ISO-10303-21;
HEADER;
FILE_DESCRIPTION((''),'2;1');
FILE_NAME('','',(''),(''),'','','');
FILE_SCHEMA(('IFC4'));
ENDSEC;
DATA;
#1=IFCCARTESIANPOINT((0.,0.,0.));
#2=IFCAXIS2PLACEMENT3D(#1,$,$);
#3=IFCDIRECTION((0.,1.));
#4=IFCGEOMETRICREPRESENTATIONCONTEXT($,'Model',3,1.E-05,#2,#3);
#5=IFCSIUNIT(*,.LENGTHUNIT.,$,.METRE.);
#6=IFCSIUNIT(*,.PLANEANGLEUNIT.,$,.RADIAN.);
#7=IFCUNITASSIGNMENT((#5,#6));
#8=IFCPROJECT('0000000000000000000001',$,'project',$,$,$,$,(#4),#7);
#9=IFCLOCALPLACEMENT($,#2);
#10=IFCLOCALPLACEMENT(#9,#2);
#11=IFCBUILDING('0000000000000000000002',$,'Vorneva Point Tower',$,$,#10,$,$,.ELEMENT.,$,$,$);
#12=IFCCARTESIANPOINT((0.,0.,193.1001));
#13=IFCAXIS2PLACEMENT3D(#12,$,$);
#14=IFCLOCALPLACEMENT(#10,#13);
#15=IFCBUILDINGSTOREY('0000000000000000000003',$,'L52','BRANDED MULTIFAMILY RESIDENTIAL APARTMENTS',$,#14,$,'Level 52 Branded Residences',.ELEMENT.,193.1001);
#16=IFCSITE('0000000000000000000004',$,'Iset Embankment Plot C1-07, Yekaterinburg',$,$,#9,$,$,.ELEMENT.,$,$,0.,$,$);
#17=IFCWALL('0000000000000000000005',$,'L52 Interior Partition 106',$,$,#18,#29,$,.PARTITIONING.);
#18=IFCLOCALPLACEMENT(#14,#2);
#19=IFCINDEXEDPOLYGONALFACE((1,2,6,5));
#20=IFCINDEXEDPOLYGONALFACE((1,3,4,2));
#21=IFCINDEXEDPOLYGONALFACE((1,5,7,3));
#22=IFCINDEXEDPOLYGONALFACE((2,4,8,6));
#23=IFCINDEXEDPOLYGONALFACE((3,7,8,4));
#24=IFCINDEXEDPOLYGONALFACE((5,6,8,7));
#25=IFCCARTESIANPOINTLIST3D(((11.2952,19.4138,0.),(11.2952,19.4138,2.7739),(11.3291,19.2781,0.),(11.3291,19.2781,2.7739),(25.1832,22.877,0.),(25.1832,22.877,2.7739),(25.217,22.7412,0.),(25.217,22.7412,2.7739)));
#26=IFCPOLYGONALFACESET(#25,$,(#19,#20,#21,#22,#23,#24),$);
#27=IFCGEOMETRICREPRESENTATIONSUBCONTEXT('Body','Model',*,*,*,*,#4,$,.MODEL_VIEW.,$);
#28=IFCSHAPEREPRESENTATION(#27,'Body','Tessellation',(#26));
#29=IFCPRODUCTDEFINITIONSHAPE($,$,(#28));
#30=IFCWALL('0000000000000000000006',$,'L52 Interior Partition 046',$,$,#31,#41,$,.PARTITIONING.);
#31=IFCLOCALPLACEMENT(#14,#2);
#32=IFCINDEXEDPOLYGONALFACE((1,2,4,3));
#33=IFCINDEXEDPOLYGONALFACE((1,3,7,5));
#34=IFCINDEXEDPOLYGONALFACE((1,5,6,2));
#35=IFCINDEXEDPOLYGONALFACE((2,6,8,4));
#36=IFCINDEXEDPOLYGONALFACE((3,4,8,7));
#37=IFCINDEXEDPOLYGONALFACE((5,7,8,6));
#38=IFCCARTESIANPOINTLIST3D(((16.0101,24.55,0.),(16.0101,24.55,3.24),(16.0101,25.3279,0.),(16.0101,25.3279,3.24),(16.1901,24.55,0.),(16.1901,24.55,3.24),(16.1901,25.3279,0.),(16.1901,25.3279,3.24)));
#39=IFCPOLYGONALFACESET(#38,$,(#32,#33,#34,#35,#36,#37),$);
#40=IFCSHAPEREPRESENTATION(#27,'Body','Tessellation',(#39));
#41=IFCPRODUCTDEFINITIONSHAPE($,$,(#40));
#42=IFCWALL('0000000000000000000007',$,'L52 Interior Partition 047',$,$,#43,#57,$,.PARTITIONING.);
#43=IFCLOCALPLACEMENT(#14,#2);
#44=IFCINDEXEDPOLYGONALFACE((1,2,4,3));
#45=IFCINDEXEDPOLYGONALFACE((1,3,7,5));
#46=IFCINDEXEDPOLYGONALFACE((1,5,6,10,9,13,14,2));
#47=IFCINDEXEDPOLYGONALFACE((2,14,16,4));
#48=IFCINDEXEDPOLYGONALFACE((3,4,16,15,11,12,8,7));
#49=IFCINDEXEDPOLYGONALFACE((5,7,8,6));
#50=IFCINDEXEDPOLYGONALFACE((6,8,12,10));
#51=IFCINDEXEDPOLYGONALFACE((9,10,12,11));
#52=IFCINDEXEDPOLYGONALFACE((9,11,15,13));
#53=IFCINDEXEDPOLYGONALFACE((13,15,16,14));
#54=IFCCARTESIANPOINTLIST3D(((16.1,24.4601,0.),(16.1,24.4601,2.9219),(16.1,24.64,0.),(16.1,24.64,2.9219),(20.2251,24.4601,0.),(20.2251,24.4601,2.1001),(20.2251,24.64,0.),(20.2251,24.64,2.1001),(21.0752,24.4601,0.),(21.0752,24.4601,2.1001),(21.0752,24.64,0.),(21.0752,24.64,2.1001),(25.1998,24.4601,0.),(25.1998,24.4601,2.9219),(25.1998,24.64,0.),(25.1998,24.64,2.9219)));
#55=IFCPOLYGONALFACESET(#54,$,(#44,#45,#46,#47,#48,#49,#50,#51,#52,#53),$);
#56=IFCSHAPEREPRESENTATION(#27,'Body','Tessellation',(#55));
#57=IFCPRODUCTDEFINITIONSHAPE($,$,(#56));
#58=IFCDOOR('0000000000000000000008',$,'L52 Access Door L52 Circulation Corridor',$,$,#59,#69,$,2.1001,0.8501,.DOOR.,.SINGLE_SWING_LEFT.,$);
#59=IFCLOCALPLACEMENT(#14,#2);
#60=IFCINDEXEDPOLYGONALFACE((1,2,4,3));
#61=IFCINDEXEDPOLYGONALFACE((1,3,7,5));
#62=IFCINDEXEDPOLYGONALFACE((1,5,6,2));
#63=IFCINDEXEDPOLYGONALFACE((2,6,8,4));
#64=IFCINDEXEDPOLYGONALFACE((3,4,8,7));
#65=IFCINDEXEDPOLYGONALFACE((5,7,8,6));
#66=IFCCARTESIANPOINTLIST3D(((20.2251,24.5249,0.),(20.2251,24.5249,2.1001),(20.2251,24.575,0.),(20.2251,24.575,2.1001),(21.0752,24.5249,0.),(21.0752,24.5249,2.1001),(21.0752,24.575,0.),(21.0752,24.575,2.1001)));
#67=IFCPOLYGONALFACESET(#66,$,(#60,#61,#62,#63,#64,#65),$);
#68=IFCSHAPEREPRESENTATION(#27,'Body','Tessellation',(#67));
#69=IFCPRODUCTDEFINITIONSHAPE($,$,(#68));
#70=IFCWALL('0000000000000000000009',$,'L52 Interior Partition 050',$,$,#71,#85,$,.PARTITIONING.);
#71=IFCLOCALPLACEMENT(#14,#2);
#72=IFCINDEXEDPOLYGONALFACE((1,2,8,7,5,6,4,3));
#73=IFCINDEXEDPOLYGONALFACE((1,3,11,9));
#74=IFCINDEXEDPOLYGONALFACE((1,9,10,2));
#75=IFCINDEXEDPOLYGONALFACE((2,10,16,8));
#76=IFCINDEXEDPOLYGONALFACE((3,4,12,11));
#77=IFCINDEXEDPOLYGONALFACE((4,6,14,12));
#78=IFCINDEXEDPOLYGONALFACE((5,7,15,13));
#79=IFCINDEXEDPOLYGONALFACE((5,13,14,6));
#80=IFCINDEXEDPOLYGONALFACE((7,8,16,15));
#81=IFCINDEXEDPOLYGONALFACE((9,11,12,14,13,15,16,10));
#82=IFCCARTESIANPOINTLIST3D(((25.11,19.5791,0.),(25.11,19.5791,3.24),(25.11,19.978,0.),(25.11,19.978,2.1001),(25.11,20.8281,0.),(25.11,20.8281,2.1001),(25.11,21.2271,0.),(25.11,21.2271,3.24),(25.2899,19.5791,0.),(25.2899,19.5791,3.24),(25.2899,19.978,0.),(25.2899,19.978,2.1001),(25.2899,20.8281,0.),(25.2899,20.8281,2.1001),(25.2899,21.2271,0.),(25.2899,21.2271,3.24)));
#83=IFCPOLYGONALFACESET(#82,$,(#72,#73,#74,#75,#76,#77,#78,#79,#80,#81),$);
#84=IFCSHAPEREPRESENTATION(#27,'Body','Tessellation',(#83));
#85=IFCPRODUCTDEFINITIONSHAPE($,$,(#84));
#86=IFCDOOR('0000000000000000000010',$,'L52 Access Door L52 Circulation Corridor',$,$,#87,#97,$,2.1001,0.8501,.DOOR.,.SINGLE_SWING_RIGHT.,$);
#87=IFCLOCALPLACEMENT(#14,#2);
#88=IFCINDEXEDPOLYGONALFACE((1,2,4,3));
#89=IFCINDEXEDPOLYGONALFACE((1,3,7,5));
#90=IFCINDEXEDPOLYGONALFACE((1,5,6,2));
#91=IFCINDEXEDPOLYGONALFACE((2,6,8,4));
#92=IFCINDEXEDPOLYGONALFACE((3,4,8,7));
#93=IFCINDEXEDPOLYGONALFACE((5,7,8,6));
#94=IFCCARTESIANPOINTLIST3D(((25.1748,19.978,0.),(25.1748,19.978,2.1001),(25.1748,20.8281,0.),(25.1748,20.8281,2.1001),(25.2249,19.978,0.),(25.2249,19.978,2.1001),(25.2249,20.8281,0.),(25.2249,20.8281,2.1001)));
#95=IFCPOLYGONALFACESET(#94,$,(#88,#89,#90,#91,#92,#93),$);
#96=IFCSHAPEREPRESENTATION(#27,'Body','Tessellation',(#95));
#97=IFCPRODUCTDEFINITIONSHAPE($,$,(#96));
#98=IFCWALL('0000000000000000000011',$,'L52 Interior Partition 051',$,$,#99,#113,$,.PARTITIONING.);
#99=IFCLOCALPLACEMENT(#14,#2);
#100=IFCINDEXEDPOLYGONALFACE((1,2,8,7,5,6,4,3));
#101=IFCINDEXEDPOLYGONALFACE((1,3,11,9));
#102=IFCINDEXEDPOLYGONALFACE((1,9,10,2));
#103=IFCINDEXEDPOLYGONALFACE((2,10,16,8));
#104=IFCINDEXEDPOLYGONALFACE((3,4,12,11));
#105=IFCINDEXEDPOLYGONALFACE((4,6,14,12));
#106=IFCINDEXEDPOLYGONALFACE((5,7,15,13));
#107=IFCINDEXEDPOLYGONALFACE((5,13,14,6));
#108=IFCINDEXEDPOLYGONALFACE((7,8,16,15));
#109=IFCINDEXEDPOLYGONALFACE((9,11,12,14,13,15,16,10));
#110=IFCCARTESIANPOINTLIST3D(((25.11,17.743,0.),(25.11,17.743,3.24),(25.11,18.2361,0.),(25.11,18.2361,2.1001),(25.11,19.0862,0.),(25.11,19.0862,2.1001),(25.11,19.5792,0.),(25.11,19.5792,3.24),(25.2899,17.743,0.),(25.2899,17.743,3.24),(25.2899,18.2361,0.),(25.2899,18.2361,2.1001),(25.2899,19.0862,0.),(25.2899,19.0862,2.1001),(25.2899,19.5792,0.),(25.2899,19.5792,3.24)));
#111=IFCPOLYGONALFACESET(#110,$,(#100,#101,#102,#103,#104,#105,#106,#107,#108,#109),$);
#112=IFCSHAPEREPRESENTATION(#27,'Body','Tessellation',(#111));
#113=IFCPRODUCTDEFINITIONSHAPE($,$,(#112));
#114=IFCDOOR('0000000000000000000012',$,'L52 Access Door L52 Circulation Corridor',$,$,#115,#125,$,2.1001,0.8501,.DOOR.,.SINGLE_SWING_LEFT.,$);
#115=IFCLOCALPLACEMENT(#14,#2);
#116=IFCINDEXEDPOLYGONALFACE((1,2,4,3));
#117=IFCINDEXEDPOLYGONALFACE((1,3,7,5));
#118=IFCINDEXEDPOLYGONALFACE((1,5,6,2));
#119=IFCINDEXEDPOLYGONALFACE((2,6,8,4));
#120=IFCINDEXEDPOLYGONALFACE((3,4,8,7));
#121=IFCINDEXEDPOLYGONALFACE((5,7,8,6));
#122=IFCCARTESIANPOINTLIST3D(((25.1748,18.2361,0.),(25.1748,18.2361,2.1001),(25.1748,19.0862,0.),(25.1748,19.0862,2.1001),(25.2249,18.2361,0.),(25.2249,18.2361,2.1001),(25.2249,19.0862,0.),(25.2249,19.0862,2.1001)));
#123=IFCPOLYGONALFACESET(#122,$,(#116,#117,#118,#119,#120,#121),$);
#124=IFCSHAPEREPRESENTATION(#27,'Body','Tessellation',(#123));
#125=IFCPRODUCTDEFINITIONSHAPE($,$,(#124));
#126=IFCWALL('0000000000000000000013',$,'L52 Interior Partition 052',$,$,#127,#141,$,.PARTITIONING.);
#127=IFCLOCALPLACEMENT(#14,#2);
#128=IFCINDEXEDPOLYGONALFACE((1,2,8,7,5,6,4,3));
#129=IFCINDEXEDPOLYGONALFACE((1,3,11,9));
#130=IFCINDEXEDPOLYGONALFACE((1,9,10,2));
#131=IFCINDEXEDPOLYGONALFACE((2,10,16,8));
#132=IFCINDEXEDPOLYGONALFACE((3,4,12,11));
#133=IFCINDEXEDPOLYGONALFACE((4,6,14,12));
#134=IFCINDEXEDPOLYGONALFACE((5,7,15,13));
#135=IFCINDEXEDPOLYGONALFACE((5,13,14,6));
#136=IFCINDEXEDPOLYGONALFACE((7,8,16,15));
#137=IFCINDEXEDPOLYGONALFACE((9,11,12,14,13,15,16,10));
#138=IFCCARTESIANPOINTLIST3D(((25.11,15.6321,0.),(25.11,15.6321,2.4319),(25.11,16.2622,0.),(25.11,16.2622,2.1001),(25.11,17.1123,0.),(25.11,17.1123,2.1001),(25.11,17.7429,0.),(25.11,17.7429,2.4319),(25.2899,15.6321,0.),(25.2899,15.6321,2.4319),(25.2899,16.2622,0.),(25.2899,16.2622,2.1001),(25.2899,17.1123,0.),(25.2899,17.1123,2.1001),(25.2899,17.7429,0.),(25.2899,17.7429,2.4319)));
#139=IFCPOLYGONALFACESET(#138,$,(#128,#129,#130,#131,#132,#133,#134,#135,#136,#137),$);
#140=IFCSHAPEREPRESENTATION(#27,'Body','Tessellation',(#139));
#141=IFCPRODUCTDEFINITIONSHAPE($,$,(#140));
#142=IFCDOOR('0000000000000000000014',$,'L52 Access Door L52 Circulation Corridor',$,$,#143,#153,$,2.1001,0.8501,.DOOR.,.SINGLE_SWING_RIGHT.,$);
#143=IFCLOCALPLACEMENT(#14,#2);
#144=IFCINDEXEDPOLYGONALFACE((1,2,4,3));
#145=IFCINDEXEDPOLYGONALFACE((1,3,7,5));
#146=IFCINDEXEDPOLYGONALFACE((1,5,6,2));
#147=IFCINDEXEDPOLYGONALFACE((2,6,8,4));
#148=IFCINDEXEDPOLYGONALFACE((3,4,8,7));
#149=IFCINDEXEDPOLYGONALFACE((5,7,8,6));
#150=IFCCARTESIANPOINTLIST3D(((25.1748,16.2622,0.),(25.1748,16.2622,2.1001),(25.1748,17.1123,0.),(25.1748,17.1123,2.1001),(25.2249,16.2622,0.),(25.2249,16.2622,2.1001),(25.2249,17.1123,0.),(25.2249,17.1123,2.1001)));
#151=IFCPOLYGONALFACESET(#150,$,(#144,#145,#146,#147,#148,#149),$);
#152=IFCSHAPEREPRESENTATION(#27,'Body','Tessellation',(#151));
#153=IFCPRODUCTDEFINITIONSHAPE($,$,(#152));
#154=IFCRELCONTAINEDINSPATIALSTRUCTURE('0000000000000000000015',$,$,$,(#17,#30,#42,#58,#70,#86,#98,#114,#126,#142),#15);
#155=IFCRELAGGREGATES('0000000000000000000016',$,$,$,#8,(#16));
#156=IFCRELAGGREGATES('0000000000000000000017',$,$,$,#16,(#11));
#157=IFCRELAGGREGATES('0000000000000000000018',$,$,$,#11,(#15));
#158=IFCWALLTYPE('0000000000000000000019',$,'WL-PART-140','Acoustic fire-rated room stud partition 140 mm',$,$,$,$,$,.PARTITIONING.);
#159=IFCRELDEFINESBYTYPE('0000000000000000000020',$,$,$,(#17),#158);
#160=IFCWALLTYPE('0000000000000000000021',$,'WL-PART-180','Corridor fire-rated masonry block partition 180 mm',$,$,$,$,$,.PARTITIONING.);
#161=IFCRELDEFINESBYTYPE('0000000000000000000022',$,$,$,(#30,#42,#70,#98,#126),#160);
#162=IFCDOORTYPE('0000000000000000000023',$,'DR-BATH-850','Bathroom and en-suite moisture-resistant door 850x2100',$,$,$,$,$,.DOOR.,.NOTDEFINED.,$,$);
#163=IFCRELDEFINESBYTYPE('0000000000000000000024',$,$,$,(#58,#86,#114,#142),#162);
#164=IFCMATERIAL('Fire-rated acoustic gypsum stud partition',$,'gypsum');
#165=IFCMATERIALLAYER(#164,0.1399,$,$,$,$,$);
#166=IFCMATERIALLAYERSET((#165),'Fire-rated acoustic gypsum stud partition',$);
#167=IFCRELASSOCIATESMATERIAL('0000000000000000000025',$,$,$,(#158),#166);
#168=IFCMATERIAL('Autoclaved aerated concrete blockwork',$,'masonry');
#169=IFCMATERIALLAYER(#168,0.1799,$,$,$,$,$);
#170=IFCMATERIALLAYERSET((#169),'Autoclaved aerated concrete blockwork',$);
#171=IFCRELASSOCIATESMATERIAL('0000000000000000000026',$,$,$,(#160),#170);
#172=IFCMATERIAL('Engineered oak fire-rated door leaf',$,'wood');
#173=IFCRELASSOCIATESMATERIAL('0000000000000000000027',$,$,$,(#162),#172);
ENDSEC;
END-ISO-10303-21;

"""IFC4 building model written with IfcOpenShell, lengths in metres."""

from ifc_helpers import new_model, si_unit, direction, frame, frame_2d, origin, place, context, subcontext, project, spatial, rectangle, extrude, material, layer, layer_set, type_object, element, fill, save


model = new_model("IFC4")

# Units and contexts
model_context = context("Model", 3, precision=1e-05, world=origin(), true_north=direction((0.0, 1.0)))
body_context = subcontext(model_context, "Body", "Model", "MODEL_VIEW")
ifc_project = project(units=[si_unit("LENGTHUNIT", "METRE"), si_unit("PLANEANGLEUNIT", "RADIAN")], contexts=[model_context])

# Site, building, storey
site_placement = place(None, origin())
site = spatial("IfcSite", under=ifc_project, at=site_placement, Name="Iset Embankment Plot C1-07, Yekaterinburg", CompositionType="ELEMENT", RefElevation=0.0)
building_placement = place(site_placement, origin())
building = spatial("IfcBuilding", under=site, at=building_placement, Name="Vorneva Point Tower", CompositionType="ELEMENT")
storey_placement = place(building_placement, frame((0.0, 0.0, 193.1001)))
storey = spatial("IfcBuildingStorey", under=building, at=storey_placement, Name="L52", Description="BRANDED MULTIFAMILY RESIDENTIAL APARTMENTS", LongName="Level 52 Branded Residences", CompositionType="ELEMENT", Elevation=193.1001)

# Walls
ifc_material_1 = material(Name="Fire-rated acoustic gypsum stud partition", Category="gypsum")
ifc_layer_1 = layer(ifc_material_1, 0.1399)
ifc_layer_set_1 = layer_set([ifc_layer_1], Name="Fire-rated acoustic gypsum stud partition")
wall_type_1 = type_object("IfcWallType", Name="WL-PART-140", Description="Acoustic fire-rated room stud partition 140 mm", PredefinedType="PARTITIONING", material=ifc_layer_set_1)
wall_1_placement = place(storey_placement, frame((11.312, 19.3459, 0.0), z_axis=(0.0, 0.0, 1.0), x_axis=(0.970288, 0.241954, 0.0)))
element("IfcWall", 1, at=wall_1_placement, inside=storey, type_object=wall_type_1, Name="L52 Interior Partition 106", PredefinedType="PARTITIONING", context=body_context, shape_type="SweptSolid", body=[
    extrude(rectangle(XDim=14.3132, YDim=0.1399, at=frame_2d((7.1567, 0.0))), origin(), (0.0, 0.0, 1.0), 2.7739),
])
ifc_material_2 = material(Name="Autoclaved aerated concrete blockwork", Category="masonry")
ifc_layer_2 = layer(ifc_material_2, 0.1799)
ifc_layer_set_2 = layer_set([ifc_layer_2], Name="Autoclaved aerated concrete blockwork")
wall_type_2 = type_object("IfcWallType", Name="WL-PART-180", Description="Corridor fire-rated masonry block partition 180 mm", PredefinedType="PARTITIONING", material=ifc_layer_set_2)
wall_2_placement = place(storey_placement, frame((16.1001, 25.3279, 0.0), z_axis=(0.0, 0.0, 1.0), x_axis=(0.0, -1.0, 0.0)))
element("IfcWall", 2, at=wall_2_placement, inside=storey, type_object=wall_type_2, Name="L52 Interior Partition 046", PredefinedType="PARTITIONING", context=body_context, shape_type="SweptSolid", body=[
    extrude(rectangle(XDim=0.7778, YDim=0.1799, at=frame_2d((0.3889, 0.0))), origin(), (0.0, 0.0, 1.0), 3.24),
])

# Walls, openings, doors
wall_3_placement = place(storey_placement, frame((16.1001, 24.55, 0.0), z_axis=(0.0, 0.0, 1.0), x_axis=(1.0, 0.0, 0.0)))
wall_3 = element("IfcWall", 3, at=wall_3_placement, inside=storey, type_object=wall_type_2, Name="L52 Interior Partition 047", PredefinedType="PARTITIONING", context=body_context, shape_type="SweptSolid", body=[
    extrude(rectangle(XDim=9.0999, YDim=0.1799, at=frame_2d((4.5498, 0.0))), origin(), (0.0, 0.0, 1.0), 2.9219),
])
opening_1_placement = place(wall_3_placement, frame((4.125, 0.0, 0.0)))
opening_1 = element("IfcOpeningElement", 4, at=opening_1_placement, cuts=wall_3, PredefinedType="OPENING", context=body_context, shape_type="SweptSolid", body=[
    extrude(rectangle(XDim=0.8501, YDim=2.1001, at=frame_2d((0.425, 1.05))), frame((0.0, 0.105, 0.0), z_axis=(0.0, -1.0, 0.0), x_axis=(1.0, 0.0, 0.0)), (0.0, 0.0, 1.0), 0.2097),
])
ifc_material_3 = material(Name="Engineered oak fire-rated door leaf", Category="wood")
door_type = type_object("IfcDoorType", Name="DR-BATH-850", Description="Bathroom and en-suite moisture-resistant door 850x2100", OperationType="NOTDEFINED", PredefinedType="DOOR", material=ifc_material_3)
door_1_placement = place(opening_1_placement, origin())
door_1 = element("IfcDoor", 5, at=door_1_placement, inside=storey, type_object=door_type, Name="L52 Access Door L52 Circulation Corridor", OperationType="SINGLE_SWING_LEFT", OverallHeight=2.1001, OverallWidth=0.8501, PredefinedType="DOOR", context=body_context, shape_type="SweptSolid", body=[
    extrude(rectangle(XDim=0.8501, YDim=2.1001, at=frame_2d((0.425, 1.05))), frame((0.0, 0.0249, 0.0), z_axis=(0.0, -1.0, 0.0), x_axis=(1.0, 0.0, 0.0)), (0.0, 0.0, 1.0), 0.05),
])
fill(opening_1, door_1)
wall_4_placement = place(storey_placement, frame((25.2, 21.2271, 0.0), z_axis=(0.0, 0.0, 1.0), x_axis=(0.0, -1.0, 0.0)))
wall_4 = element("IfcWall", 6, at=wall_4_placement, inside=storey, type_object=wall_type_2, Name="L52 Interior Partition 050", PredefinedType="PARTITIONING", context=body_context, shape_type="SweptSolid", body=[
    extrude(rectangle(XDim=1.6479, YDim=0.1799, at=frame_2d((0.824, 0.0))), origin(), (0.0, 0.0, 1.0), 3.24),
])
opening_2_placement = place(wall_4_placement, frame((0.3989, 0.0, 0.0)))
opening_2 = element("IfcOpeningElement", 7, at=opening_2_placement, cuts=wall_4, PredefinedType="OPENING", context=body_context, shape_type="SweptSolid", body=[
    extrude(rectangle(XDim=0.8501, YDim=2.1001, at=frame_2d((0.425, 1.05))), frame((0.0, 0.105, 0.0), z_axis=(0.0, -1.0, 0.0), x_axis=(1.0, 0.0, 0.0)), (0.0, 0.0, 1.0), 0.2097),
])
door_2_placement = place(opening_2_placement, origin())
door_2 = element("IfcDoor", 8, at=door_2_placement, inside=storey, type_object=door_type, Name="L52 Access Door L52 Circulation Corridor", OperationType="SINGLE_SWING_RIGHT", OverallHeight=2.1001, OverallWidth=0.8501, PredefinedType="DOOR", context=body_context, shape_type="SweptSolid", body=[
    extrude(rectangle(XDim=0.8501, YDim=2.1001, at=frame_2d((0.425, 1.05))), frame((0.0, 0.0249, 0.0), z_axis=(0.0, -1.0, 0.0), x_axis=(1.0, 0.0, 0.0)), (0.0, 0.0, 1.0), 0.05),
])
fill(opening_2, door_2)
wall_5_placement = place(storey_placement, frame((25.2, 19.5791, 0.0), z_axis=(0.0, 0.0, 1.0), x_axis=(0.0, -1.0, 0.0)))
wall_5 = element("IfcWall", 9, at=wall_5_placement, inside=storey, type_object=wall_type_2, Name="L52 Interior Partition 051", PredefinedType="PARTITIONING", context=body_context, shape_type="SweptSolid", body=[
    extrude(rectangle(XDim=1.8362, YDim=0.1799, at=frame_2d((0.918, 0.0))), origin(), (0.0, 0.0, 1.0), 3.24),
])
opening_3_placement = place(wall_5_placement, frame((0.4929, 0.0, 0.0)))
opening_3 = element("IfcOpeningElement", 10, at=opening_3_placement, cuts=wall_5, PredefinedType="OPENING", context=body_context, shape_type="SweptSolid", body=[
    extrude(rectangle(XDim=0.8501, YDim=2.1001, at=frame_2d((0.425, 1.05))), frame((0.0, 0.105, 0.0), z_axis=(0.0, -1.0, 0.0), x_axis=(1.0, 0.0, 0.0)), (0.0, 0.0, 1.0), 0.2097),
])
door_3_placement = place(opening_3_placement, origin())
door_3 = element("IfcDoor", 11, at=door_3_placement, inside=storey, type_object=door_type, Name="L52 Access Door L52 Circulation Corridor", OperationType="SINGLE_SWING_LEFT", OverallHeight=2.1001, OverallWidth=0.8501, PredefinedType="DOOR", context=body_context, shape_type="SweptSolid", body=[
    extrude(rectangle(XDim=0.8501, YDim=2.1001, at=frame_2d((0.425, 1.05))), frame((0.0, 0.0249, 0.0), z_axis=(0.0, -1.0, 0.0), x_axis=(1.0, 0.0, 0.0)), (0.0, 0.0, 1.0), 0.05),
])
fill(opening_3, door_3)
wall_6_placement = place(storey_placement, frame((25.2, 17.7429, 0.0), z_axis=(0.0, 0.0, 1.0), x_axis=(0.0, -1.0, 0.0)))
wall_6 = element("IfcWall", 12, at=wall_6_placement, inside=storey, type_object=wall_type_2, Name="L52 Interior Partition 052", PredefinedType="PARTITIONING", context=body_context, shape_type="SweptSolid", body=[
    extrude(rectangle(XDim=2.1108, YDim=0.1799, at=frame_2d((1.0554, 0.0))), origin(), (0.0, 0.0, 1.0), 2.4319),
])
opening_4_placement = place(wall_6_placement, frame((0.6306, 0.0, 0.0)))
opening_4 = element("IfcOpeningElement", 13, at=opening_4_placement, cuts=wall_6, PredefinedType="OPENING", context=body_context, shape_type="SweptSolid", body=[
    extrude(rectangle(XDim=0.8501, YDim=2.1001, at=frame_2d((0.425, 1.05))), frame((0.0, 0.105, 0.0), z_axis=(0.0, -1.0, 0.0), x_axis=(1.0, 0.0, 0.0)), (0.0, 0.0, 1.0), 0.2097),
])
door_4_placement = place(opening_4_placement, origin())
door_4 = element("IfcDoor", 14, at=door_4_placement, inside=storey, type_object=door_type, Name="L52 Access Door L52 Circulation Corridor", OperationType="SINGLE_SWING_RIGHT", OverallHeight=2.1001, OverallWidth=0.8501, PredefinedType="DOOR", context=body_context, shape_type="SweptSolid", body=[
    extrude(rectangle(XDim=0.8501, YDim=2.1001, at=frame_2d((0.425, 1.05))), frame((0.0, 0.0249, 0.0), z_axis=(0.0, -1.0, 0.0), x_axis=(1.0, 0.0, 0.0)), (0.0, 0.0, 1.0), 0.05),
])
fill(opening_4, door_4)

save(model, "model.ifc")
